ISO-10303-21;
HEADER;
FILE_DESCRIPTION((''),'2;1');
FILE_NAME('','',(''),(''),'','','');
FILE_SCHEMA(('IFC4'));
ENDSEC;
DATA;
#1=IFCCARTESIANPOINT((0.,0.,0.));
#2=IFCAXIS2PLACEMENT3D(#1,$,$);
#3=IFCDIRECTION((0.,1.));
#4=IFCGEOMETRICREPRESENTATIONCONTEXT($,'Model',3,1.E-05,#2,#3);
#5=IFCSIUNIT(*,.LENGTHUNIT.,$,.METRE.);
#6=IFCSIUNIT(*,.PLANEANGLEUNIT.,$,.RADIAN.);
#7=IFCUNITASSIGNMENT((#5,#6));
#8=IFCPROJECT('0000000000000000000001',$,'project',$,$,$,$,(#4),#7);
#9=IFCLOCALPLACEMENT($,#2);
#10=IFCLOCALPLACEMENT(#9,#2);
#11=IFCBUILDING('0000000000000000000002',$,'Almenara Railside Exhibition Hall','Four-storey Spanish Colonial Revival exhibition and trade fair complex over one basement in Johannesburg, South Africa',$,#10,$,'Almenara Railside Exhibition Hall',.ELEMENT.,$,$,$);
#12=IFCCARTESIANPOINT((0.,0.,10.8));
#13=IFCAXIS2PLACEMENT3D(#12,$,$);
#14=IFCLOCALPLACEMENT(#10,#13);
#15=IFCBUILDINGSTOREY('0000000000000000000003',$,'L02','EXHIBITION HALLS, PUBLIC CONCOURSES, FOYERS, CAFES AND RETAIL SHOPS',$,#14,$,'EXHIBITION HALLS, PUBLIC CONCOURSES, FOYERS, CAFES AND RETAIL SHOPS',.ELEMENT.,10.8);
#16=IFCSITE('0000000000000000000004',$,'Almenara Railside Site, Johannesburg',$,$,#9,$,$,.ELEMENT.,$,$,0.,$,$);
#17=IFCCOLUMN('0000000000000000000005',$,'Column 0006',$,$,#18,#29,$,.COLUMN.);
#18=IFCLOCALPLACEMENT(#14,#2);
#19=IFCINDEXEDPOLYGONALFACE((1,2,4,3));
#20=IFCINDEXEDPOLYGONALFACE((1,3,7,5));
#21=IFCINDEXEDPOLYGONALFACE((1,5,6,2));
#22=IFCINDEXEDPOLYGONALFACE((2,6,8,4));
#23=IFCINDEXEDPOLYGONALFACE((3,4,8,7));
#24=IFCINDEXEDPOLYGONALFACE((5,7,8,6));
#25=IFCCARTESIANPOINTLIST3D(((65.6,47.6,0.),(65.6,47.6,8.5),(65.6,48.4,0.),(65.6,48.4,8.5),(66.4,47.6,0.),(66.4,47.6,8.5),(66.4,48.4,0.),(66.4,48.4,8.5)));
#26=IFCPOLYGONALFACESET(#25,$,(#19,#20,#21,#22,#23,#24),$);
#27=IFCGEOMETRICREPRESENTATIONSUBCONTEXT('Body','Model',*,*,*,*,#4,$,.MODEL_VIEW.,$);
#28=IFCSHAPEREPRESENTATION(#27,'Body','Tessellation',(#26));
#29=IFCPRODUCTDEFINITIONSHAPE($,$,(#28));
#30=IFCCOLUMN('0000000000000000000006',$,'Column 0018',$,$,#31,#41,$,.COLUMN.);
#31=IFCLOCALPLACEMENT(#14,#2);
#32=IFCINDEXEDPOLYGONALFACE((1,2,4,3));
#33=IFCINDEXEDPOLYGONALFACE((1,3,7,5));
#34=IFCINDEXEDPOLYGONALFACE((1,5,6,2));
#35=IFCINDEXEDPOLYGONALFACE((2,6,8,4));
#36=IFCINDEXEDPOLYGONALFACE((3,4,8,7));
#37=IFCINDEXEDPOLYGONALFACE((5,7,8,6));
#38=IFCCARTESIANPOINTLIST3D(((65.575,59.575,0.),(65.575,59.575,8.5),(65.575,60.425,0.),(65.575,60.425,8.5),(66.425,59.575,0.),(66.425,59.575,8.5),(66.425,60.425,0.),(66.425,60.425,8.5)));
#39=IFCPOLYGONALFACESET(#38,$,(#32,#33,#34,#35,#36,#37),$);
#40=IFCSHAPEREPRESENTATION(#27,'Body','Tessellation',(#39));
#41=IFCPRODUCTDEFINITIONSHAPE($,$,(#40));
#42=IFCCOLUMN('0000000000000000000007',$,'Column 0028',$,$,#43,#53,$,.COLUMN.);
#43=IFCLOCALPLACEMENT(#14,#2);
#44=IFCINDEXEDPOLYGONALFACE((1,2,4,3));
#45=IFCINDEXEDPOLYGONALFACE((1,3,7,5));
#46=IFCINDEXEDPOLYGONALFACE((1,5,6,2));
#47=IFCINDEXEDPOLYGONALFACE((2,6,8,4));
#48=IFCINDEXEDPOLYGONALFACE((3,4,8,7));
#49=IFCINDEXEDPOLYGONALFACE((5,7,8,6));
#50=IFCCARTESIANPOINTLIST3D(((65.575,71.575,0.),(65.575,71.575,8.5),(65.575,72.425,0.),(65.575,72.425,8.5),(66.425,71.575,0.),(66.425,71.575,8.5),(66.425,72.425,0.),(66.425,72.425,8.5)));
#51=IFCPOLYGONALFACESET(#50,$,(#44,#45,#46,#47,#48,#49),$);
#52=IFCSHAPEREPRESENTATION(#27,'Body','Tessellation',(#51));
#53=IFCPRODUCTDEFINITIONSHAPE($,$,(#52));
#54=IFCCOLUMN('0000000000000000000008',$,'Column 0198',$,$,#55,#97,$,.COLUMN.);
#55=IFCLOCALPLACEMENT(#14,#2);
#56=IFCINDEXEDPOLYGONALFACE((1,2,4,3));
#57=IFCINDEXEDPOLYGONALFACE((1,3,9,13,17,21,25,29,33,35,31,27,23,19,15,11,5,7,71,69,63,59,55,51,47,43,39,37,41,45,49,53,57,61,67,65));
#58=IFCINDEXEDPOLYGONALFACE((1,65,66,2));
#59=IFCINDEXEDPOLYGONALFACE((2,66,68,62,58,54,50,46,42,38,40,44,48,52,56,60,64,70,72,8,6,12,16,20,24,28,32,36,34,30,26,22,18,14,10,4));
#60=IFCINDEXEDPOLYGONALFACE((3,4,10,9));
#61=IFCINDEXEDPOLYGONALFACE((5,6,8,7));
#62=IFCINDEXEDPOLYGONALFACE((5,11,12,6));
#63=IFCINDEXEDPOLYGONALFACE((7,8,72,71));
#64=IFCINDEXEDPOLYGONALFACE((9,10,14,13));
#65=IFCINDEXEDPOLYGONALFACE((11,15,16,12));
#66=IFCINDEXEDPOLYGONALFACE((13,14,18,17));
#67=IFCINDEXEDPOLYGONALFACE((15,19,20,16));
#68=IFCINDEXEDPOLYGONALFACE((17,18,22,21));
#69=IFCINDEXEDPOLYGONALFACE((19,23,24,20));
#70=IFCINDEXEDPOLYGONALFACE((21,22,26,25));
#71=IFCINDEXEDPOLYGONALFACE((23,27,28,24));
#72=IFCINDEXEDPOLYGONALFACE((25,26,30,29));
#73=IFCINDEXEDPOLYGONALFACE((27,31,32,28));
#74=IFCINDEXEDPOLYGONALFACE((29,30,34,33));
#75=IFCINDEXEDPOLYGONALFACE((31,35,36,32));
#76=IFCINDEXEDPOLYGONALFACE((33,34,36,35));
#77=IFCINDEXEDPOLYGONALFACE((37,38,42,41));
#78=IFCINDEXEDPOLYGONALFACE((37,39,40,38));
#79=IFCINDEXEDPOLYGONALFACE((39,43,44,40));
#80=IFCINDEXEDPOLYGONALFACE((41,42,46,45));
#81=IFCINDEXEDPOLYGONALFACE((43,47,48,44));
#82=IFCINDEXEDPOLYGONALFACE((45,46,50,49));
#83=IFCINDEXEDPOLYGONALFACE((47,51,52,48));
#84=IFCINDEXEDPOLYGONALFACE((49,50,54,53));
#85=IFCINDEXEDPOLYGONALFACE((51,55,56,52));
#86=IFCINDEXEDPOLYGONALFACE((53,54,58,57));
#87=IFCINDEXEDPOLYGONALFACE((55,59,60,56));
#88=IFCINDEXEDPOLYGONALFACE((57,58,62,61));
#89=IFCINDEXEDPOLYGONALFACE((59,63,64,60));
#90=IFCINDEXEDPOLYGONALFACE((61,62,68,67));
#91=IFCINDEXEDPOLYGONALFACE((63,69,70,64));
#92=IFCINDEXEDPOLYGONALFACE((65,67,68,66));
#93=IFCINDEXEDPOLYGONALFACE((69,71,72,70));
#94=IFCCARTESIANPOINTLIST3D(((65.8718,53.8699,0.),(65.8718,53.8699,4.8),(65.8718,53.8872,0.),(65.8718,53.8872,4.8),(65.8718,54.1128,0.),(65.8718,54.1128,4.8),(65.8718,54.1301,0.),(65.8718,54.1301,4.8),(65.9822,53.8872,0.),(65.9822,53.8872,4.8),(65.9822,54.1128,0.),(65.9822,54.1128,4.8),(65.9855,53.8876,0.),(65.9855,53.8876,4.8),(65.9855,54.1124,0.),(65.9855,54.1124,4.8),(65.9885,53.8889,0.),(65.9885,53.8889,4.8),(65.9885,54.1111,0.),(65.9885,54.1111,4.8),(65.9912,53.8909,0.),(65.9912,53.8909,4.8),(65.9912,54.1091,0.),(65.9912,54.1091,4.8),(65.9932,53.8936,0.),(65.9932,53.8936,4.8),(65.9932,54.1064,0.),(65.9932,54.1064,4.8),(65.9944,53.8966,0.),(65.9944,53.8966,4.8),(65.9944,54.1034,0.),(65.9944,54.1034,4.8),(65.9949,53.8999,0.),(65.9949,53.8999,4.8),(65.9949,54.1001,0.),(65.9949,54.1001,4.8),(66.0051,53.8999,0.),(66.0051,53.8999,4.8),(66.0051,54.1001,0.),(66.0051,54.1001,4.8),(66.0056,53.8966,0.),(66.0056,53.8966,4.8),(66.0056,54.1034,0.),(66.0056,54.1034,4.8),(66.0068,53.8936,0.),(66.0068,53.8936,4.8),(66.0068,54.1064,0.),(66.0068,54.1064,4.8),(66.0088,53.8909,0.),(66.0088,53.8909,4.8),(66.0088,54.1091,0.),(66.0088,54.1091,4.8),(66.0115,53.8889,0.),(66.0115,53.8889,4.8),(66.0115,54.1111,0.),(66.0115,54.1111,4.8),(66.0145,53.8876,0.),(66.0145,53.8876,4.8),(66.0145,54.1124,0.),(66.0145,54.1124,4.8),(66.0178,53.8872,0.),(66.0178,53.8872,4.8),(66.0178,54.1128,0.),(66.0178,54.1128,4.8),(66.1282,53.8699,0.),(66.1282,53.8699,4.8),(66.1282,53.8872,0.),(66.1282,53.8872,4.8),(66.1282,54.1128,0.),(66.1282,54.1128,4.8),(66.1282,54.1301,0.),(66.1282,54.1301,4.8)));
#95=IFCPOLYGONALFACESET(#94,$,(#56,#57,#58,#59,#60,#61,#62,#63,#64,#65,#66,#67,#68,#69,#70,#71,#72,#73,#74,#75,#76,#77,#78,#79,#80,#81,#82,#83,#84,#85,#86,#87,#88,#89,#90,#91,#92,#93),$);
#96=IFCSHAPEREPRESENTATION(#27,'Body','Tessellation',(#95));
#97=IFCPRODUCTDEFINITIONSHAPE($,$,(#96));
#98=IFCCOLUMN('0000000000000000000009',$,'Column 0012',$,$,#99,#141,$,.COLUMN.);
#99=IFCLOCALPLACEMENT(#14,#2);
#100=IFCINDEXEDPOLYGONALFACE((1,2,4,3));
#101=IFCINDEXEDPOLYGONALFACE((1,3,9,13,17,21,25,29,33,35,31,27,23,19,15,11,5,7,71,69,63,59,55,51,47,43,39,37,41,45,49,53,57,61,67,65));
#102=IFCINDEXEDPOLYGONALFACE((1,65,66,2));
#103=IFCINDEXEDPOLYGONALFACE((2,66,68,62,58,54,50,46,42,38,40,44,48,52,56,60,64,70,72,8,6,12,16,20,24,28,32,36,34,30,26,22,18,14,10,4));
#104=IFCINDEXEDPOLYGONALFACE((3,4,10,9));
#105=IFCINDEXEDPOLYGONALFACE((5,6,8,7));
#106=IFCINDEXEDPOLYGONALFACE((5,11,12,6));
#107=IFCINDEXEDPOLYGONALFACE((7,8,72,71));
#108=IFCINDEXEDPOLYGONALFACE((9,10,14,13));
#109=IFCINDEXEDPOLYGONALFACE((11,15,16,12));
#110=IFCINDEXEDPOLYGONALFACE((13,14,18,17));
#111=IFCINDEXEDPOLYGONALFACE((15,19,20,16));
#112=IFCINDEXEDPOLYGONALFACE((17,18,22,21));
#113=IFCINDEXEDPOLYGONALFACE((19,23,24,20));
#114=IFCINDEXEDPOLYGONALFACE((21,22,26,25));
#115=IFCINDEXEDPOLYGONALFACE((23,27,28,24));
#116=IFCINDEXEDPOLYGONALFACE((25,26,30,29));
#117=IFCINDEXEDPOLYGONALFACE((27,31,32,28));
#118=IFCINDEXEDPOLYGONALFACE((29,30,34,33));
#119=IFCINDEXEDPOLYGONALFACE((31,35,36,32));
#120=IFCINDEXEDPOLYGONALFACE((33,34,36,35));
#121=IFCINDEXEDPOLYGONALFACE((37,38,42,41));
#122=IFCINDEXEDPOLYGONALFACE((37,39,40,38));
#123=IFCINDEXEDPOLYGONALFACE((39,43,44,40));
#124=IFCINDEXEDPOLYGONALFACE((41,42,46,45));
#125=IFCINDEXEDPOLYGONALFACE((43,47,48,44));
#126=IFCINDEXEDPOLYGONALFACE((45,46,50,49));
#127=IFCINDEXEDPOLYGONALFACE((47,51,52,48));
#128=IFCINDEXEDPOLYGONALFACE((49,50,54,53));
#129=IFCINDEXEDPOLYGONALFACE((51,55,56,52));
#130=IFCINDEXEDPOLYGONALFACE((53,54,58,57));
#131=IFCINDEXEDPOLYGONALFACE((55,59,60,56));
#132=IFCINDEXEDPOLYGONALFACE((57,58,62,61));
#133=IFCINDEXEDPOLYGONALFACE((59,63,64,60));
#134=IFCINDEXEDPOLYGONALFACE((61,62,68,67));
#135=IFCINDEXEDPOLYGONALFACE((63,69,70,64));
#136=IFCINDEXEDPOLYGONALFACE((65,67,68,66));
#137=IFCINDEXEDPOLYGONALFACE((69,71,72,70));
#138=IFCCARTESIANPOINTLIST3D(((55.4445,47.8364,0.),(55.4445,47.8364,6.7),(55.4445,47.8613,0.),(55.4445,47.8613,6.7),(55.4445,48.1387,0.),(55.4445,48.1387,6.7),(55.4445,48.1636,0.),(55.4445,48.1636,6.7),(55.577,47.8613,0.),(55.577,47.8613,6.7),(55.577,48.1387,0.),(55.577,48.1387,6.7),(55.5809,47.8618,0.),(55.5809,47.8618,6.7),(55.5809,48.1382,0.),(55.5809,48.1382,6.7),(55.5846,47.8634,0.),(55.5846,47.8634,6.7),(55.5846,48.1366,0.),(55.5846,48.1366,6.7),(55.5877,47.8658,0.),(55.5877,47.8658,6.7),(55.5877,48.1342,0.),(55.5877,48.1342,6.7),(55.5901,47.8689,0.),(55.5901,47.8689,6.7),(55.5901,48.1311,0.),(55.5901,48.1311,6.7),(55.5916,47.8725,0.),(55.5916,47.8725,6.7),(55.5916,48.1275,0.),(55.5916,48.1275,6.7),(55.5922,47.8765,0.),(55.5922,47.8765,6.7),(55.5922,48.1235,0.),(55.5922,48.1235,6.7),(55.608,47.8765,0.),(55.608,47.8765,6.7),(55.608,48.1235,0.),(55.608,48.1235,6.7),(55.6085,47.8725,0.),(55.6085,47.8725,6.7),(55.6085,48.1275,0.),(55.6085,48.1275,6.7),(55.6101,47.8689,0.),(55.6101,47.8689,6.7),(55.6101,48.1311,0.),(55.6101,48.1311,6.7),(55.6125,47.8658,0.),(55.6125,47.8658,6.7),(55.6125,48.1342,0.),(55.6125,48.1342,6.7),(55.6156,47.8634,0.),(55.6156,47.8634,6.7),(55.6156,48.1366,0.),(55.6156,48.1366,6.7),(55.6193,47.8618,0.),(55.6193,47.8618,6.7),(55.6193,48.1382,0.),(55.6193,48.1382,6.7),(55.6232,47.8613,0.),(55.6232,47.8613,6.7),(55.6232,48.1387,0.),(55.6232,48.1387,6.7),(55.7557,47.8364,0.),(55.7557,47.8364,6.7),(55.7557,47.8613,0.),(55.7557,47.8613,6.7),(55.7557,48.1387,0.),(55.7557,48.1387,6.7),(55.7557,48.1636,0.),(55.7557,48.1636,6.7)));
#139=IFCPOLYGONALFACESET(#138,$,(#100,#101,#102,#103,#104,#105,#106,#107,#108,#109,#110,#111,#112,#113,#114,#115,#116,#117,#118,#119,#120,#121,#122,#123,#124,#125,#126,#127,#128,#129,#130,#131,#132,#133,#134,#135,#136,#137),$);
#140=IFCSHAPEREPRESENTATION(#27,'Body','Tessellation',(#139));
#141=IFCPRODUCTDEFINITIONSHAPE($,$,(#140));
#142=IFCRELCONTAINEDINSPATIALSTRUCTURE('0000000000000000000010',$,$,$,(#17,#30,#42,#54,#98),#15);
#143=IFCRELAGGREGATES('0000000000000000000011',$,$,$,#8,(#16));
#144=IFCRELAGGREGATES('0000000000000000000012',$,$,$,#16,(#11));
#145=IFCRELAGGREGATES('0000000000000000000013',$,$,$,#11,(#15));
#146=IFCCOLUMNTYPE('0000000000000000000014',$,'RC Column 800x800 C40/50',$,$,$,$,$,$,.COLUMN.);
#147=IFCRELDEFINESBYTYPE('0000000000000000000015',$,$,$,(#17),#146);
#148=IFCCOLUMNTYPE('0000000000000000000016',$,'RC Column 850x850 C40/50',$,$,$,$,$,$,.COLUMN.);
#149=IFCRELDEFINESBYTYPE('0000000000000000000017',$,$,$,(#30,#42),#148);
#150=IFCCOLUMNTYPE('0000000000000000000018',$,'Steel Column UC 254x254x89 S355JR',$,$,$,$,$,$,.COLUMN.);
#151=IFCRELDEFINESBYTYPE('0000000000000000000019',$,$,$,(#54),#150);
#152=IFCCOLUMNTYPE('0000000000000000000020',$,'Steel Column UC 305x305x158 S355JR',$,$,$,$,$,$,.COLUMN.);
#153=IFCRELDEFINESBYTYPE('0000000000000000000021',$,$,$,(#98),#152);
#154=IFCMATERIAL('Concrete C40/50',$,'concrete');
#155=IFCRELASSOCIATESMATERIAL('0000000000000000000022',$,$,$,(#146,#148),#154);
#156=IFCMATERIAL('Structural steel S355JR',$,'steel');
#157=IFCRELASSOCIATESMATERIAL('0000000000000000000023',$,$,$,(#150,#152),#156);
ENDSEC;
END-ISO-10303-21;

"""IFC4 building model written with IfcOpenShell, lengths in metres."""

from ifc_helpers import new_model, si_unit, direction, frame, origin, origin_2d, place, context, subcontext, project, spatial, rectangle, i_section, extrude, material, material_profile, profile_set, type_object, element, save


model = new_model("IFC4")

# Units and contexts
model_context = context("Model", 3, precision=1e-05, world=origin(), true_north=direction((0.0, 1.0)))
body_context = subcontext(model_context, "Body", "Model", "MODEL_VIEW")
ifc_project = project(units=[si_unit("LENGTHUNIT", "METRE"), si_unit("PLANEANGLEUNIT", "RADIAN")], contexts=[model_context])

# Site, building, storey
site_placement = place(None, origin())
site = spatial("IfcSite", under=ifc_project, at=site_placement, Name="Almenara Railside Site, Johannesburg", CompositionType="ELEMENT", RefElevation=0.0)
building_placement = place(site_placement, origin())
building = spatial("IfcBuilding", under=site, at=building_placement, Name="Almenara Railside Exhibition Hall", Description="Four-storey Spanish Colonial Revival exhibition and trade fair complex over one basement in Johannesburg, South Africa", LongName="Almenara Railside Exhibition Hall", CompositionType="ELEMENT")
storey_placement = place(building_placement, frame((0.0, 0.0, 10.8)))
storey = spatial("IfcBuildingStorey", under=building, at=storey_placement, Name="L02", Description="EXHIBITION HALLS, PUBLIC CONCOURSES, FOYERS, CAFES AND RETAIL SHOPS", LongName="EXHIBITION HALLS, PUBLIC CONCOURSES, FOYERS, CAFES AND RETAIL SHOPS", CompositionType="ELEMENT", Elevation=10.8)

# Columns
ifc_material_1 = material(Name="Concrete C40/50", Category="concrete")
ifc_material_profile_1 = material_profile(ifc_material_1, rectangle(XDim=0.8, YDim=0.8, at=origin_2d()), Name="RC 800x800")
ifc_profile_set_1 = profile_set([ifc_material_profile_1], Name="Concrete C40/50")
column_type_1 = type_object("IfcColumnType", Name="RC Column 800x800 C40/50", PredefinedType="COLUMN", material=ifc_profile_set_1)
column_1_placement = place(storey_placement, frame((66.0, 48.0, 0.0), z_axis=(0.0, 0.0, 1.0), x_axis=(1.0, 0.0, 0.0)))
element("IfcColumn", 1, at=column_1_placement, inside=storey, type_object=column_type_1, Name="Column 0006", PredefinedType="COLUMN", context=body_context, shape_type="SweptSolid", body=[
    extrude(rectangle(XDim=0.8, YDim=0.8, at=origin_2d()), origin(), (0.0, 0.0, 1.0), 8.5),
])
ifc_material_profile_2 = material_profile(ifc_material_1, rectangle(XDim=0.8501, YDim=0.8501, at=origin_2d()), Name="RC 850x850")
ifc_profile_set_2 = profile_set([ifc_material_profile_2], Name="Concrete C40/50")
column_type_2 = type_object("IfcColumnType", Name="RC Column 850x850 C40/50", PredefinedType="COLUMN", material=ifc_profile_set_2)
for number, where, z_axis, x_axis, name in (
    (2, (66.0, 60.0, 0.0), (0.0, 0.0, 1.0), (1.0, 0.0, 0.0), "Column 0018"),
    (3, (66.0, 72.0, 0.0), (0.0, 0.0, 1.0), (1.0, 0.0, 0.0), "Column 0028"),
):
    element("IfcColumn", number, at=place(storey_placement, frame(where, z_axis=z_axis, x_axis=x_axis)), inside=storey, type_object=column_type_2, Name=name, PredefinedType="COLUMN", context=body_context, shape_type="SweptSolid", body=[
        extrude(rectangle(XDim=0.8501, YDim=0.8501, at=origin_2d()), origin(), (0.0, 0.0, 1.0), 8.5),
    ])
ifc_material_2 = material(Name="Structural steel S355JR", Category="steel")
ifc_material_profile_3 = material_profile(ifc_material_2, i_section(OverallWidth=0.2563, OverallDepth=0.2603, WebThickness=0.0103, FlangeThickness=0.0173, FilletRadius=0.0127, at=origin_2d()), Name="UC 254x254x89")
ifc_profile_set_3 = profile_set([ifc_material_profile_3], Name="Structural steel S355JR")
column_type_3 = type_object("IfcColumnType", Name="Steel Column UC 254x254x89 S355JR", PredefinedType="COLUMN", material=ifc_profile_set_3)
column_2_placement = place(storey_placement, frame((66.0, 54.0, 0.0), z_axis=(0.0, 0.0, 1.0), x_axis=(1.0, 0.0, 0.0)))
element("IfcColumn", 4, at=column_2_placement, inside=storey, type_object=column_type_3, Name="Column 0198", PredefinedType="COLUMN", context=body_context, shape_type="SweptSolid", body=[
    extrude(i_section(OverallWidth=0.2563, OverallDepth=0.2603, WebThickness=0.0103, FlangeThickness=0.0173, FilletRadius=0.0127, at=origin_2d()), origin(), (0.0, 0.0, 1.0), 4.8),
])
ifc_material_profile_4 = material_profile(ifc_material_2, i_section(OverallWidth=0.3113, OverallDepth=0.3271, WebThickness=0.0159, FlangeThickness=0.0249, FilletRadius=0.0151, at=origin_2d()), Name="UC 305x305x158")
ifc_profile_set_4 = profile_set([ifc_material_profile_4], Name="Structural steel S355JR")
column_type_4 = type_object("IfcColumnType", Name="Steel Column UC 305x305x158 S355JR", PredefinedType="COLUMN", material=ifc_profile_set_4)
column_3_placement = place(storey_placement, frame((55.6001, 48.0, 0.0), z_axis=(0.0, 0.0, 1.0), x_axis=(1.0, 0.0, 0.0)))
element("IfcColumn", 5, at=column_3_placement, inside=storey, type_object=column_type_4, Name="Column 0012", PredefinedType="COLUMN", context=body_context, shape_type="SweptSolid", body=[
    extrude(i_section(OverallWidth=0.3113, OverallDepth=0.3271, WebThickness=0.0159, FlangeThickness=0.0249, FilletRadius=0.0151, at=origin_2d()), origin(), (0.0, 0.0, 1.0), 6.7),
])

save(model, "model.ifc")
